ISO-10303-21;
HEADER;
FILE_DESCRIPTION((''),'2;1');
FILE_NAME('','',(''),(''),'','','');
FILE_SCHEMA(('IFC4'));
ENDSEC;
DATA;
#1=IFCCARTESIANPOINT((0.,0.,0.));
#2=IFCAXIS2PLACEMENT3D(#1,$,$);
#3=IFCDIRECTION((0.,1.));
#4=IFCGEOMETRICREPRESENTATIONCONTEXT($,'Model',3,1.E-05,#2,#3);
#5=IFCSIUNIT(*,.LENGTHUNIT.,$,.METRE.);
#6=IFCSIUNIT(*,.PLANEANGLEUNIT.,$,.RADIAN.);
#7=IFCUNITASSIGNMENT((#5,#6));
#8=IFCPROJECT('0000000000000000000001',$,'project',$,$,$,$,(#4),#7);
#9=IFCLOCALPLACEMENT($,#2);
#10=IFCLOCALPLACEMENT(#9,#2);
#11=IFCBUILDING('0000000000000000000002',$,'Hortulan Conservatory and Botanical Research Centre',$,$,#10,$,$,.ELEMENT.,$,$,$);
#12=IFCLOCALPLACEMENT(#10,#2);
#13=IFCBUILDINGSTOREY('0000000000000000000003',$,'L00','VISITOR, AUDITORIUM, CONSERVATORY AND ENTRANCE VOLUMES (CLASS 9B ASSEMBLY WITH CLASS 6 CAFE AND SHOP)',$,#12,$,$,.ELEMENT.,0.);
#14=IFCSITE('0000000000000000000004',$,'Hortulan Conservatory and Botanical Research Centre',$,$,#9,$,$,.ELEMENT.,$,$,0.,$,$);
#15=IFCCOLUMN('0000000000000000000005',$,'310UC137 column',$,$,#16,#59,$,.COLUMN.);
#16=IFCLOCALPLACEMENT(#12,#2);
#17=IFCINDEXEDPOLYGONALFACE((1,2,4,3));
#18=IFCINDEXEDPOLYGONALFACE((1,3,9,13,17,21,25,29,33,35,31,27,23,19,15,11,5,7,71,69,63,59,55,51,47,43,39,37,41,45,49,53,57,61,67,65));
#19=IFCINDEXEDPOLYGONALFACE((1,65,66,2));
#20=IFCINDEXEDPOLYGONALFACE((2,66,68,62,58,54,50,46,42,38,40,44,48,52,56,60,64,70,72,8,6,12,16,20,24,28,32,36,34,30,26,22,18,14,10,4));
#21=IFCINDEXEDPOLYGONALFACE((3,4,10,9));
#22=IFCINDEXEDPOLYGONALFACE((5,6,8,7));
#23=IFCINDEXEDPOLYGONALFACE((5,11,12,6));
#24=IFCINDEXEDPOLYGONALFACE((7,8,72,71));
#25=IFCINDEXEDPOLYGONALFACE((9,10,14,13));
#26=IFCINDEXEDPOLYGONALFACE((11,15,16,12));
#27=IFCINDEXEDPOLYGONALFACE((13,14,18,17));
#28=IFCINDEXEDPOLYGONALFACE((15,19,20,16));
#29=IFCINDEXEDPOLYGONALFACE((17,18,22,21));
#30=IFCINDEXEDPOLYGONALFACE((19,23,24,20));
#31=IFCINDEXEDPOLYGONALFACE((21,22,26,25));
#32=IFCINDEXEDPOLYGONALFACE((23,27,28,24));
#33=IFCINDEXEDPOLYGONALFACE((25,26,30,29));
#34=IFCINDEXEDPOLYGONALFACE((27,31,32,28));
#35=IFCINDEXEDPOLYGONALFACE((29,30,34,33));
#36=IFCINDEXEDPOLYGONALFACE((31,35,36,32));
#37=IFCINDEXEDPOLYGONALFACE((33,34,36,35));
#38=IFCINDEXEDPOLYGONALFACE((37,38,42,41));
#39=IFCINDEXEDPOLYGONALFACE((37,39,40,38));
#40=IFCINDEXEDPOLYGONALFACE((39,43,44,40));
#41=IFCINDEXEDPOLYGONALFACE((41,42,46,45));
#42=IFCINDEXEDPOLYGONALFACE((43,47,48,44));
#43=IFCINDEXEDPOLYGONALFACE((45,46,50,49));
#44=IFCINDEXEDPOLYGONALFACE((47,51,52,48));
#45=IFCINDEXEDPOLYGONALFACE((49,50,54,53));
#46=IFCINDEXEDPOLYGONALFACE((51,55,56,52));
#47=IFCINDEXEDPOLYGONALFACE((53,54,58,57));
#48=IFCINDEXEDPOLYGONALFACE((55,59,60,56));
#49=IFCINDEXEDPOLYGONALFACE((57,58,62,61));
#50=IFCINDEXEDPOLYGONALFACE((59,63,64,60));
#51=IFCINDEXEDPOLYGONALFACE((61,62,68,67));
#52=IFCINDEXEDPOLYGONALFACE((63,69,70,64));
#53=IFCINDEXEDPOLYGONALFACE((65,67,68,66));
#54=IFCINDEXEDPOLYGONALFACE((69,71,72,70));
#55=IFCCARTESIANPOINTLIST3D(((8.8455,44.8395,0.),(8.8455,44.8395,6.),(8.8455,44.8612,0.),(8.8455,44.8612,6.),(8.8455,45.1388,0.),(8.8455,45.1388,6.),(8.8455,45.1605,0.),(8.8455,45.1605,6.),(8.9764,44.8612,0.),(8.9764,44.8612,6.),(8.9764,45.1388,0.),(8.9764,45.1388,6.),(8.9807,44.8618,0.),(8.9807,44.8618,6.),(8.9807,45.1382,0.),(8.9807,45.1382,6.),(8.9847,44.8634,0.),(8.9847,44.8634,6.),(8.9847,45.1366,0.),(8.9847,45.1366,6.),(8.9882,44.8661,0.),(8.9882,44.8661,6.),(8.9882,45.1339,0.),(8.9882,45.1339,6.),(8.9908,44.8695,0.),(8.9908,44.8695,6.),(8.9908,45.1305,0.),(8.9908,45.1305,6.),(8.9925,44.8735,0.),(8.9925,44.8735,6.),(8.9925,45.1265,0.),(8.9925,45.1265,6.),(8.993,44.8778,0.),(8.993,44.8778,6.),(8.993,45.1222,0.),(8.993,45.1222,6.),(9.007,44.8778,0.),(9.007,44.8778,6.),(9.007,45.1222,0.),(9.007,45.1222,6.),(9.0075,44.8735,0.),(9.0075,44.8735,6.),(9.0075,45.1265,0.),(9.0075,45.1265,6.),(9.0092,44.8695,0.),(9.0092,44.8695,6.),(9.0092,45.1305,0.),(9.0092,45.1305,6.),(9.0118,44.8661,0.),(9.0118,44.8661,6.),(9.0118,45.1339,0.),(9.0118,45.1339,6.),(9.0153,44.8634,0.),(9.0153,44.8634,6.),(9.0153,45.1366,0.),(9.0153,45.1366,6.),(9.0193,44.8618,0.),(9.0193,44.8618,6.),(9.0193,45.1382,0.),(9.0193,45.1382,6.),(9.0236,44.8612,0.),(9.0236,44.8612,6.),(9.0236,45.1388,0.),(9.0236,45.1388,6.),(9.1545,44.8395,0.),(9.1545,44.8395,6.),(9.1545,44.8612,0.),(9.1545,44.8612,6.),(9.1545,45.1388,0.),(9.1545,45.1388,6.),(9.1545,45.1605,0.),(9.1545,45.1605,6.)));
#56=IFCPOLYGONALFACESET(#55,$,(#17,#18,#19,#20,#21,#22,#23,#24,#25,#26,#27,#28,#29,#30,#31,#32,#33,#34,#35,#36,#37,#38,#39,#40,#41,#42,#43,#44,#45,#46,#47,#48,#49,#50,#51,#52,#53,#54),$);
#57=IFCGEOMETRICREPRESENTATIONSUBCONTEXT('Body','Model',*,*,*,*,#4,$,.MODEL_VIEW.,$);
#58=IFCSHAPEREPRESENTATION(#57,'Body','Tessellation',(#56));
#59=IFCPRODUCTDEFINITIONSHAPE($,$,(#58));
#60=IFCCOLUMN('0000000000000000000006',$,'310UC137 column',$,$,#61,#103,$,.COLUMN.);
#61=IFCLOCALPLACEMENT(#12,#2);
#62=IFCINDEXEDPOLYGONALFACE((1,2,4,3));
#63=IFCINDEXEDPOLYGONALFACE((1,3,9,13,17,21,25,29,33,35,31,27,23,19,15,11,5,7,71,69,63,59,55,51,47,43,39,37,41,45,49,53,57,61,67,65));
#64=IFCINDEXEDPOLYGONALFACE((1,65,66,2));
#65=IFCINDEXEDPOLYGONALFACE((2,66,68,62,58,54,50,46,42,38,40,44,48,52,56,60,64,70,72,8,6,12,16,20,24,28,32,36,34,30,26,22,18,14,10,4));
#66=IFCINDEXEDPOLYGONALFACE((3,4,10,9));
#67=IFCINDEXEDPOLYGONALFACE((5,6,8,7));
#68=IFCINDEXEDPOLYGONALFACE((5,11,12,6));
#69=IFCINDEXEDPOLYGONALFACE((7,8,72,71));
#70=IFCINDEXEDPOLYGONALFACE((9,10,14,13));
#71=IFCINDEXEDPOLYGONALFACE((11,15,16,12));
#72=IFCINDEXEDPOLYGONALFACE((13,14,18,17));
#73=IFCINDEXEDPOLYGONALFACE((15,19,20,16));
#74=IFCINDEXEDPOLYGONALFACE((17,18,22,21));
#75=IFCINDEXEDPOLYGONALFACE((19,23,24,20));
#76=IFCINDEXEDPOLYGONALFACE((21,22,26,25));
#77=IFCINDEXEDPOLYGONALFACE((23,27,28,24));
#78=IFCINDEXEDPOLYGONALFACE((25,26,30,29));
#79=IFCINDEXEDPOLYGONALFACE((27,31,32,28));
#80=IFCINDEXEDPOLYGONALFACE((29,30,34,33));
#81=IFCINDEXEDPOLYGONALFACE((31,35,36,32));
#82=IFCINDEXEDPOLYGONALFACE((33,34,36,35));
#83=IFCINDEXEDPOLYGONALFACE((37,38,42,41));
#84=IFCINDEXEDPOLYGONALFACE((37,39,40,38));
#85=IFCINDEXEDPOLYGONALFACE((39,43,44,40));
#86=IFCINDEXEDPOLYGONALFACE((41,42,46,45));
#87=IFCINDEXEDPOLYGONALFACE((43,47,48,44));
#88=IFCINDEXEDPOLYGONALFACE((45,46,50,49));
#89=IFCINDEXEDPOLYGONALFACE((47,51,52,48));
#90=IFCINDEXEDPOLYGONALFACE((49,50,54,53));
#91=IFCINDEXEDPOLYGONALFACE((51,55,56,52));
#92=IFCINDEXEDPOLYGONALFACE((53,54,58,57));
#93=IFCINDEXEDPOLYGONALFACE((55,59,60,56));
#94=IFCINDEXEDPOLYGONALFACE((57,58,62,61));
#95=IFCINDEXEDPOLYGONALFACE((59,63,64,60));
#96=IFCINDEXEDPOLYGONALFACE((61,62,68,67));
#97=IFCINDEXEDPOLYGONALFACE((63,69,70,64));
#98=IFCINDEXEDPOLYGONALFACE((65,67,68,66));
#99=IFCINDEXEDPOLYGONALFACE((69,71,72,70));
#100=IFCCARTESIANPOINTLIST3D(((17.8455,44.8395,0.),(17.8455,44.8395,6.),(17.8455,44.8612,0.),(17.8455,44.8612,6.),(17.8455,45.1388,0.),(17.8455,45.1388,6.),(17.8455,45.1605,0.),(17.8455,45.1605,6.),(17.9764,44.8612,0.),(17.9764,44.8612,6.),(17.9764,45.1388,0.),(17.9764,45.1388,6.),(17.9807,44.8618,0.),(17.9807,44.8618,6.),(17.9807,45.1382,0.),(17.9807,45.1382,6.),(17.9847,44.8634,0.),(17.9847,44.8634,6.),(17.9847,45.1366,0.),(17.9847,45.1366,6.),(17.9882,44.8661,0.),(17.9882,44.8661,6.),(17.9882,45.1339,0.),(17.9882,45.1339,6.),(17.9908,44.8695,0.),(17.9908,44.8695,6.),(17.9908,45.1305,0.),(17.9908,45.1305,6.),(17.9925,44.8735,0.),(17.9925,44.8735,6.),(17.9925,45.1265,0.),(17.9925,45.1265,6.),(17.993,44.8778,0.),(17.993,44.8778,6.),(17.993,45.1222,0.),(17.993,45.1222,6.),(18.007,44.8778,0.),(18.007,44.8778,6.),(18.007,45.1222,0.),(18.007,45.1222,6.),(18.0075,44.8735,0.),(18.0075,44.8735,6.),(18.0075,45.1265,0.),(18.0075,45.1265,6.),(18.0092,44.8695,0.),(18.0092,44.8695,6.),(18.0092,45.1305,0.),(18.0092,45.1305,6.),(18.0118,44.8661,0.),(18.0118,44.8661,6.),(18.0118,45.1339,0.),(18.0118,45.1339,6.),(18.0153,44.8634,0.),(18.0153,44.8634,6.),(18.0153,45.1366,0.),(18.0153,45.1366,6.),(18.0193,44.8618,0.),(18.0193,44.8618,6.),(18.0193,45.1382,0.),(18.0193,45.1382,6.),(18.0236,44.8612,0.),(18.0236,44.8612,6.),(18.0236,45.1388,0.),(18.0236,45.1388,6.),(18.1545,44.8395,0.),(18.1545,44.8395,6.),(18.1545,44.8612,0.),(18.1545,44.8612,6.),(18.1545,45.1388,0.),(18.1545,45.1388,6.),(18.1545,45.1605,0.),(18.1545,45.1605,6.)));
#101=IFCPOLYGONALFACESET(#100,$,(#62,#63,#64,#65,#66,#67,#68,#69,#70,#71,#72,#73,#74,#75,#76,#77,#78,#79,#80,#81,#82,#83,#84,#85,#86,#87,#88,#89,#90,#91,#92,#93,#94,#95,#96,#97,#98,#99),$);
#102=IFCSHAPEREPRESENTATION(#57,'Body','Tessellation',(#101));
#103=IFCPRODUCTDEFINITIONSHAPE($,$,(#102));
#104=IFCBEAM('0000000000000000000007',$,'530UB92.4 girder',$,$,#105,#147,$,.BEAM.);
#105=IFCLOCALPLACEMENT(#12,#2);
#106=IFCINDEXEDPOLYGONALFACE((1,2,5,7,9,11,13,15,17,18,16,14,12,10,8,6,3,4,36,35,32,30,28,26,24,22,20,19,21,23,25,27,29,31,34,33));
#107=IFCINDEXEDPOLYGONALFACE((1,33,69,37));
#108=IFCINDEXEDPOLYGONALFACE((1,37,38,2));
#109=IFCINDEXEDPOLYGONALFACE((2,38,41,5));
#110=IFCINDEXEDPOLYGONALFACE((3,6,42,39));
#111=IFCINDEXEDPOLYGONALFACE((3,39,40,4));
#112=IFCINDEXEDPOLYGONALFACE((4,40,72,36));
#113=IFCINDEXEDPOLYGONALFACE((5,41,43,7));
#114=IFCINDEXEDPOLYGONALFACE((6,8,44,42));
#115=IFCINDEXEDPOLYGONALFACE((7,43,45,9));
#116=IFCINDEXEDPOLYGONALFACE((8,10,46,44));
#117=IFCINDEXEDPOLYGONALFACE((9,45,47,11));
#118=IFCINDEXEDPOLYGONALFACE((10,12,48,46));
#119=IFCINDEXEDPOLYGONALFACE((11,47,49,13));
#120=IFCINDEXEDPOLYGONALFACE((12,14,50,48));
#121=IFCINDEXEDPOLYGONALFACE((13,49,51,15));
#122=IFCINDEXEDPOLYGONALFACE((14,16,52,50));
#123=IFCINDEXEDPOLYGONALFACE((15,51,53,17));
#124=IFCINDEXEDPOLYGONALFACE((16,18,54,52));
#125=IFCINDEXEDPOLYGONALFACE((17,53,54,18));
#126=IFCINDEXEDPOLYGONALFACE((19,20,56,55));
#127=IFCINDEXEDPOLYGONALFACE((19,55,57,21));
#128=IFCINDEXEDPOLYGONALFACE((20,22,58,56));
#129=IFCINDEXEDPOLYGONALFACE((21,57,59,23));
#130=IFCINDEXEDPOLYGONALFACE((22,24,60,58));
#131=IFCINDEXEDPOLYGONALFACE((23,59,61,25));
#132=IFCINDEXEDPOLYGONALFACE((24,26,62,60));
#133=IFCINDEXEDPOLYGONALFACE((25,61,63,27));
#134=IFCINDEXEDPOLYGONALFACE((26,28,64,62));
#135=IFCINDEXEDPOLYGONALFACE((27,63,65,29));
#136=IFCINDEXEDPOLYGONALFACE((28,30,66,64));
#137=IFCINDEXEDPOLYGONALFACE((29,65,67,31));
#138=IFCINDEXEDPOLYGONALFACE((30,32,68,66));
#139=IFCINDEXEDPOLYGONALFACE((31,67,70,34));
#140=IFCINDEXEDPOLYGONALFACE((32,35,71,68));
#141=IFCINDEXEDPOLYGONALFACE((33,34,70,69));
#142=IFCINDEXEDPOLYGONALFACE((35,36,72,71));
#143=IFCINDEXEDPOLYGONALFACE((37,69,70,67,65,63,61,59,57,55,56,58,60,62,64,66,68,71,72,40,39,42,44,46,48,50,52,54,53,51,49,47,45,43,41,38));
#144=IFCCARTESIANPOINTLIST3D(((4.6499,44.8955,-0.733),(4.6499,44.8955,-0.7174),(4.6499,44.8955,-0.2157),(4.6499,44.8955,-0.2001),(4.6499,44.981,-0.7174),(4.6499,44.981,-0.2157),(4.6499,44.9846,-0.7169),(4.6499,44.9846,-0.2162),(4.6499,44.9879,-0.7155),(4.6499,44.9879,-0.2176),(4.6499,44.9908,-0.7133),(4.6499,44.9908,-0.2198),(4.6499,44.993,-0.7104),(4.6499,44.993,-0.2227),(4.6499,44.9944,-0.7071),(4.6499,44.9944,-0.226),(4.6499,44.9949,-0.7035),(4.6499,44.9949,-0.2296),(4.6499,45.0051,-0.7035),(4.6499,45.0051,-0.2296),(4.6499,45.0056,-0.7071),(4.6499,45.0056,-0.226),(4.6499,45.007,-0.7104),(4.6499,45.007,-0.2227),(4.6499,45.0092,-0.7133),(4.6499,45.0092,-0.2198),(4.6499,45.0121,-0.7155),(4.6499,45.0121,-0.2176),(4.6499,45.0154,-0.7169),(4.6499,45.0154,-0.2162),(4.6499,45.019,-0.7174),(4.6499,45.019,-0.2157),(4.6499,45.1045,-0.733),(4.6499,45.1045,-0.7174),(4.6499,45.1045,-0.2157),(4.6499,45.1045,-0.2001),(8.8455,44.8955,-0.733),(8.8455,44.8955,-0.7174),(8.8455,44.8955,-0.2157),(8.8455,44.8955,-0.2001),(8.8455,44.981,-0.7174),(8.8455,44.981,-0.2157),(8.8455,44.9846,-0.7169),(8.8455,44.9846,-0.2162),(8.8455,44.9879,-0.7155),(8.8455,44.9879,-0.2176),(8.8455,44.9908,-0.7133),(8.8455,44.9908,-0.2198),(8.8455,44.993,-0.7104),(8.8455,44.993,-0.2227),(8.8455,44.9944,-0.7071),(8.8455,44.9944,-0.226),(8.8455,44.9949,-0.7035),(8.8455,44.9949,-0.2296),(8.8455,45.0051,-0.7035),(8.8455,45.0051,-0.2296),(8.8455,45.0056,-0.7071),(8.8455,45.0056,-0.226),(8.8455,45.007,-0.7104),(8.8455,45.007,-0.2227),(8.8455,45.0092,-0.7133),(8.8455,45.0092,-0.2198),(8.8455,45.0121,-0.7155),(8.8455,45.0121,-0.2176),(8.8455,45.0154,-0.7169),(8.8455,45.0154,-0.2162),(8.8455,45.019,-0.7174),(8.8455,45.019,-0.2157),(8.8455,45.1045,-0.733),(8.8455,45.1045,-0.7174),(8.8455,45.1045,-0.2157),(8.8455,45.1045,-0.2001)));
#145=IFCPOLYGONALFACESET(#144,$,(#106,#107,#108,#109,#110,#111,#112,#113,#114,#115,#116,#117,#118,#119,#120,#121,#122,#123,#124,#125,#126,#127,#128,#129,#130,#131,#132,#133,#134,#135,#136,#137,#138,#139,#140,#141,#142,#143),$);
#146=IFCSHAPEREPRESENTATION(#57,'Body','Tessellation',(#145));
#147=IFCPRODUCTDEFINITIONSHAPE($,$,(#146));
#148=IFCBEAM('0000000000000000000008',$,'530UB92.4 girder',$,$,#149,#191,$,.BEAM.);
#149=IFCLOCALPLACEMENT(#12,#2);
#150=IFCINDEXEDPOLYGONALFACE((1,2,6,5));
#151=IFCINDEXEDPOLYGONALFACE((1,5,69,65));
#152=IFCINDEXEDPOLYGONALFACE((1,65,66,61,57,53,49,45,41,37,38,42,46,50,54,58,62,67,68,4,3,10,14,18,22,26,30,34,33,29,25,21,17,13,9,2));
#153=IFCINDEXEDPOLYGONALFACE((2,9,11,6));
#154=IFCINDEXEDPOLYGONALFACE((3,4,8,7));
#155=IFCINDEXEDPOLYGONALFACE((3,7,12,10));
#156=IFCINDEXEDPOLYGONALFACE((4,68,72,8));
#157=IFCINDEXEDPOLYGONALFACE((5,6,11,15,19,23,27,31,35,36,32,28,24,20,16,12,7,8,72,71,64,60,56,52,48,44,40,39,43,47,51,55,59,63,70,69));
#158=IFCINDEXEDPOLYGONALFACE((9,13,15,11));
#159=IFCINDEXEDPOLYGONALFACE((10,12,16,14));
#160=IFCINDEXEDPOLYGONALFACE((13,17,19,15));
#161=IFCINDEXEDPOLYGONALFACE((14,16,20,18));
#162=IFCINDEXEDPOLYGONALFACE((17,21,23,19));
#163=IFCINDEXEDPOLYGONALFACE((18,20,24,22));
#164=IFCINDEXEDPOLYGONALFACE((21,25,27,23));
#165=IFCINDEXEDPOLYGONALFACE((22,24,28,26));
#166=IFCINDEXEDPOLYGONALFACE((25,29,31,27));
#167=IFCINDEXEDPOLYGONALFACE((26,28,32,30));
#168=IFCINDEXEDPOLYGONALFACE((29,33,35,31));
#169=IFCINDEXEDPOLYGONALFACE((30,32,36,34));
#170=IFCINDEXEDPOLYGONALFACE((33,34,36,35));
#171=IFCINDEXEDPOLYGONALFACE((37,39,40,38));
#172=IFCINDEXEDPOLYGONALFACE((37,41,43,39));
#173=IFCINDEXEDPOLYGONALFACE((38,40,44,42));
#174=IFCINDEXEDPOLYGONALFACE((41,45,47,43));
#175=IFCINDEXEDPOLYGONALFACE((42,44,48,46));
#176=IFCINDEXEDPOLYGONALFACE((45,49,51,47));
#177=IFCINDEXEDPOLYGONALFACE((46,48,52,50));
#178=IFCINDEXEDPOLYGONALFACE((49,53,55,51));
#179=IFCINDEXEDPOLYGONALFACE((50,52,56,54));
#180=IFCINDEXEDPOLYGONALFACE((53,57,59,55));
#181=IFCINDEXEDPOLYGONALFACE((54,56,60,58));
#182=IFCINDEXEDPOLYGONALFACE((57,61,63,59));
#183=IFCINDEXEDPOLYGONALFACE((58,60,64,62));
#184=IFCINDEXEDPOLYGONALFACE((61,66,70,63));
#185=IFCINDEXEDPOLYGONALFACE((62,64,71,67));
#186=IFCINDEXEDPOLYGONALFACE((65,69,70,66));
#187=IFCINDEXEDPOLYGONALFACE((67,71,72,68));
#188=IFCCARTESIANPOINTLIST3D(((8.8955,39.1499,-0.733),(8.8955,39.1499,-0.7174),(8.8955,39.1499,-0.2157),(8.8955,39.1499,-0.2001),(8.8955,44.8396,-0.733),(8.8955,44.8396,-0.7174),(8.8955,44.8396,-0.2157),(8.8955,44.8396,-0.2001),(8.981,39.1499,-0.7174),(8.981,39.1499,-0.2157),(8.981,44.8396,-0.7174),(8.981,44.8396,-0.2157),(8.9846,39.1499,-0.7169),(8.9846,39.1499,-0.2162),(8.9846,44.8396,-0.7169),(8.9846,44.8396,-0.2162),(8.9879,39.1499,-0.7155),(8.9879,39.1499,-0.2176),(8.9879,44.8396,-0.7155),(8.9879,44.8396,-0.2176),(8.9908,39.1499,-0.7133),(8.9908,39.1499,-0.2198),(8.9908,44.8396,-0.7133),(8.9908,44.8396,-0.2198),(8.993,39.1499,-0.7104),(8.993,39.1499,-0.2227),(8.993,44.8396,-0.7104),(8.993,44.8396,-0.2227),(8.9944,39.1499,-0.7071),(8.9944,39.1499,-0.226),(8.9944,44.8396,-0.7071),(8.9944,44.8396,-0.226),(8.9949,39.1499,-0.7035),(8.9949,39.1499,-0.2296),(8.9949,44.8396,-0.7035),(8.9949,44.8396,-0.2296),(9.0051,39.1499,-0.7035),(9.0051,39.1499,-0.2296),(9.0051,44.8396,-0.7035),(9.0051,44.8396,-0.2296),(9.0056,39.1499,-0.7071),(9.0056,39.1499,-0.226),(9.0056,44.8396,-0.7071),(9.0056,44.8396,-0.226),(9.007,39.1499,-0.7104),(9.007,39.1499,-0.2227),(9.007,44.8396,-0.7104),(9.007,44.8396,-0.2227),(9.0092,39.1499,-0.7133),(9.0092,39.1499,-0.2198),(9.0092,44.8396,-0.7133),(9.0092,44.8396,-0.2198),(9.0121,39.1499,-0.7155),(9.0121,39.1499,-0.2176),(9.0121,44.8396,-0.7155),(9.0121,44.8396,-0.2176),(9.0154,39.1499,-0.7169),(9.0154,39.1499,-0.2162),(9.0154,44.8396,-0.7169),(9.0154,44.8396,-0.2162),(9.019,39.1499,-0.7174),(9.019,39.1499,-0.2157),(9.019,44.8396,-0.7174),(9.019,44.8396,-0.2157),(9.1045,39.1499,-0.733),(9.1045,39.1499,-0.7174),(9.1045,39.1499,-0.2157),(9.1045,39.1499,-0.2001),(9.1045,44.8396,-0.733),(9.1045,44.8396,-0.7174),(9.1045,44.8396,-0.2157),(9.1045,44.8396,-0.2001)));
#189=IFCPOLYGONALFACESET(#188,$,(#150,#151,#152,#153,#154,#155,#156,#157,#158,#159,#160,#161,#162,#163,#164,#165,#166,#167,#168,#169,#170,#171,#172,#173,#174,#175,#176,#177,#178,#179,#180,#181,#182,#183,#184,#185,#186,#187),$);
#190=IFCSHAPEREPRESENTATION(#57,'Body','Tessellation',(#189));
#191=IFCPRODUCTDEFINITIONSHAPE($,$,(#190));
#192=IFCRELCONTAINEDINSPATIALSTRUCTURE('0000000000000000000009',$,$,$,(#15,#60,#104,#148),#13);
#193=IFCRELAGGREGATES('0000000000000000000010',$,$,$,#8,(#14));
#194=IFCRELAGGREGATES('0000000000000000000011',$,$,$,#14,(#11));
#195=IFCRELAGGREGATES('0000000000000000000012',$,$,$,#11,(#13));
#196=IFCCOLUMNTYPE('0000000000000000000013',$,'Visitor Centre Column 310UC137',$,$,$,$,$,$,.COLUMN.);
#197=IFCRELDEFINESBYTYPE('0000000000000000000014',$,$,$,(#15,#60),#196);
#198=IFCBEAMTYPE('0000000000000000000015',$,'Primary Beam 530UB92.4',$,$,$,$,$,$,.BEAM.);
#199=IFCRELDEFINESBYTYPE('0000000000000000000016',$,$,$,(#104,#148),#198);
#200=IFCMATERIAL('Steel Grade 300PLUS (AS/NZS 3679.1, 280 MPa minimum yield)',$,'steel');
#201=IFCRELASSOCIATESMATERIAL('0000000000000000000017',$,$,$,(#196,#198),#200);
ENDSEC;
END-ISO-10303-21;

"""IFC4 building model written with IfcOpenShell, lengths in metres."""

from ifc_helpers import new_model, si_unit, direction, frame, origin, origin_2d, place, context, subcontext, project, spatial, i_section, extrude, material, material_profile, profile_set, type_object, element, save


model = new_model("IFC4")

# Units and contexts
model_context = context("Model", 3, precision=1e-05, world=origin(), true_north=direction((0.0, 1.0)))
body_context = subcontext(model_context, "Body", "Model", "MODEL_VIEW")
ifc_project = project(units=[si_unit("LENGTHUNIT", "METRE"), si_unit("PLANEANGLEUNIT", "RADIAN")], contexts=[model_context])

# Site, building, storey
site_placement = place(None, origin())
site = spatial("IfcSite", under=ifc_project, at=site_placement, Name="Hortulan Conservatory and Botanical Research Centre", CompositionType="ELEMENT", RefElevation=0.0)
building_placement = place(site_placement, origin())
building = spatial("IfcBuilding", under=site, at=building_placement, Name="Hortulan Conservatory and Botanical Research Centre", CompositionType="ELEMENT")
storey_placement = place(building_placement, origin())
storey = spatial("IfcBuildingStorey", under=building, at=storey_placement, Name="L00", Description="VISITOR, AUDITORIUM, CONSERVATORY AND ENTRANCE VOLUMES (CLASS 9B ASSEMBLY WITH CLASS 6 CAFE AND SHOP)", CompositionType="ELEMENT", Elevation=0.0)

# Columns
ifc_material_1 = material(Name="Steel Grade 300PLUS (AS/NZS 3679.1, 280 MPa minimum yield)", Category="steel")
ifc_material_profile_1 = material_profile(ifc_material_1, i_section(OverallWidth=0.3091, OverallDepth=0.321, WebThickness=0.0139, FlangeThickness=0.0217, FilletRadius=0.0166, at=origin_2d()), Name="310UC137")
ifc_profile_set_1 = profile_set([ifc_material_profile_1], Name="Steel Grade 300PLUS (AS/NZS 3679.1, 280 MPa minimum yield)")
column_type = type_object("IfcColumnType", Name="Visitor Centre Column 310UC137", PredefinedType="COLUMN", material=ifc_profile_set_1)
for number, where, z_axis, x_axis, name in (
    (1, (9.0, 45.0, 0.0), (0.0, 0.0, 1.0), (1.0, 0.0, 0.0), "310UC137 column"),
    (2, (18.0, 45.0, 0.0), (0.0, 0.0, 1.0), (1.0, 0.0, 0.0), "310UC137 column"),
):
    element("IfcColumn", number, at=place(storey_placement, frame(where, z_axis=z_axis, x_axis=x_axis)), inside=storey, type_object=column_type, Name=name, PredefinedType="COLUMN", context=body_context, shape_type="SweptSolid", body=[
        extrude(i_section(OverallWidth=0.3091, OverallDepth=0.321, WebThickness=0.0139, FlangeThickness=0.0217, FilletRadius=0.0166, at=origin_2d()), origin(), (0.0, 0.0, 1.0), 6.0),
    ])

# Beams
ifc_material_profile_2 = material_profile(ifc_material_1, i_section(OverallWidth=0.209, OverallDepth=0.533, WebThickness=0.0103, FlangeThickness=0.0156, FilletRadius=0.0139, at=origin_2d()), Name="530UB92.4")
ifc_profile_set_2 = profile_set([ifc_material_profile_2], Name="Steel Grade 300PLUS (AS/NZS 3679.1, 280 MPa minimum yield)")
beam_type_1 = type_object("IfcBeamType", Name="Primary Beam 530UB92.4", PredefinedType="BEAM", material=ifc_profile_set_2)
beam_1_placement = place(storey_placement, frame((4.6499, 45.0, -0.4666), z_axis=(1.0, 0.0, 0.0), x_axis=(0.0, 1.0, 0.0)))
element("IfcBeam", 3, at=beam_1_placement, inside=storey, type_object=beam_type_1, Name="530UB92.4 girder", PredefinedType="BEAM", context=body_context, shape_type="SweptSolid", body=[
    extrude(i_section(OverallWidth=0.209, OverallDepth=0.533, WebThickness=0.0103, FlangeThickness=0.0156, FilletRadius=0.0139, at=origin_2d()), origin(), (0.0, 0.0, 1.0), 4.1956),
])
beam_2_placement = place(storey_placement, frame((9.0, 39.1499, -0.4666), z_axis=(0.0, 1.0, 0.0), x_axis=(-1.0, 0.0, 0.0)))
element("IfcBeam", 4, at=beam_2_placement, inside=storey, type_object=beam_type_1, Name="530UB92.4 girder", PredefinedType="BEAM", context=body_context, shape_type="SweptSolid", body=[
    extrude(i_section(OverallWidth=0.209, OverallDepth=0.533, WebThickness=0.0103, FlangeThickness=0.0156, FilletRadius=0.0139, at=origin_2d()), origin(), (0.0, 0.0, 1.0), 5.6897),
])

save(model, "model.ifc")
